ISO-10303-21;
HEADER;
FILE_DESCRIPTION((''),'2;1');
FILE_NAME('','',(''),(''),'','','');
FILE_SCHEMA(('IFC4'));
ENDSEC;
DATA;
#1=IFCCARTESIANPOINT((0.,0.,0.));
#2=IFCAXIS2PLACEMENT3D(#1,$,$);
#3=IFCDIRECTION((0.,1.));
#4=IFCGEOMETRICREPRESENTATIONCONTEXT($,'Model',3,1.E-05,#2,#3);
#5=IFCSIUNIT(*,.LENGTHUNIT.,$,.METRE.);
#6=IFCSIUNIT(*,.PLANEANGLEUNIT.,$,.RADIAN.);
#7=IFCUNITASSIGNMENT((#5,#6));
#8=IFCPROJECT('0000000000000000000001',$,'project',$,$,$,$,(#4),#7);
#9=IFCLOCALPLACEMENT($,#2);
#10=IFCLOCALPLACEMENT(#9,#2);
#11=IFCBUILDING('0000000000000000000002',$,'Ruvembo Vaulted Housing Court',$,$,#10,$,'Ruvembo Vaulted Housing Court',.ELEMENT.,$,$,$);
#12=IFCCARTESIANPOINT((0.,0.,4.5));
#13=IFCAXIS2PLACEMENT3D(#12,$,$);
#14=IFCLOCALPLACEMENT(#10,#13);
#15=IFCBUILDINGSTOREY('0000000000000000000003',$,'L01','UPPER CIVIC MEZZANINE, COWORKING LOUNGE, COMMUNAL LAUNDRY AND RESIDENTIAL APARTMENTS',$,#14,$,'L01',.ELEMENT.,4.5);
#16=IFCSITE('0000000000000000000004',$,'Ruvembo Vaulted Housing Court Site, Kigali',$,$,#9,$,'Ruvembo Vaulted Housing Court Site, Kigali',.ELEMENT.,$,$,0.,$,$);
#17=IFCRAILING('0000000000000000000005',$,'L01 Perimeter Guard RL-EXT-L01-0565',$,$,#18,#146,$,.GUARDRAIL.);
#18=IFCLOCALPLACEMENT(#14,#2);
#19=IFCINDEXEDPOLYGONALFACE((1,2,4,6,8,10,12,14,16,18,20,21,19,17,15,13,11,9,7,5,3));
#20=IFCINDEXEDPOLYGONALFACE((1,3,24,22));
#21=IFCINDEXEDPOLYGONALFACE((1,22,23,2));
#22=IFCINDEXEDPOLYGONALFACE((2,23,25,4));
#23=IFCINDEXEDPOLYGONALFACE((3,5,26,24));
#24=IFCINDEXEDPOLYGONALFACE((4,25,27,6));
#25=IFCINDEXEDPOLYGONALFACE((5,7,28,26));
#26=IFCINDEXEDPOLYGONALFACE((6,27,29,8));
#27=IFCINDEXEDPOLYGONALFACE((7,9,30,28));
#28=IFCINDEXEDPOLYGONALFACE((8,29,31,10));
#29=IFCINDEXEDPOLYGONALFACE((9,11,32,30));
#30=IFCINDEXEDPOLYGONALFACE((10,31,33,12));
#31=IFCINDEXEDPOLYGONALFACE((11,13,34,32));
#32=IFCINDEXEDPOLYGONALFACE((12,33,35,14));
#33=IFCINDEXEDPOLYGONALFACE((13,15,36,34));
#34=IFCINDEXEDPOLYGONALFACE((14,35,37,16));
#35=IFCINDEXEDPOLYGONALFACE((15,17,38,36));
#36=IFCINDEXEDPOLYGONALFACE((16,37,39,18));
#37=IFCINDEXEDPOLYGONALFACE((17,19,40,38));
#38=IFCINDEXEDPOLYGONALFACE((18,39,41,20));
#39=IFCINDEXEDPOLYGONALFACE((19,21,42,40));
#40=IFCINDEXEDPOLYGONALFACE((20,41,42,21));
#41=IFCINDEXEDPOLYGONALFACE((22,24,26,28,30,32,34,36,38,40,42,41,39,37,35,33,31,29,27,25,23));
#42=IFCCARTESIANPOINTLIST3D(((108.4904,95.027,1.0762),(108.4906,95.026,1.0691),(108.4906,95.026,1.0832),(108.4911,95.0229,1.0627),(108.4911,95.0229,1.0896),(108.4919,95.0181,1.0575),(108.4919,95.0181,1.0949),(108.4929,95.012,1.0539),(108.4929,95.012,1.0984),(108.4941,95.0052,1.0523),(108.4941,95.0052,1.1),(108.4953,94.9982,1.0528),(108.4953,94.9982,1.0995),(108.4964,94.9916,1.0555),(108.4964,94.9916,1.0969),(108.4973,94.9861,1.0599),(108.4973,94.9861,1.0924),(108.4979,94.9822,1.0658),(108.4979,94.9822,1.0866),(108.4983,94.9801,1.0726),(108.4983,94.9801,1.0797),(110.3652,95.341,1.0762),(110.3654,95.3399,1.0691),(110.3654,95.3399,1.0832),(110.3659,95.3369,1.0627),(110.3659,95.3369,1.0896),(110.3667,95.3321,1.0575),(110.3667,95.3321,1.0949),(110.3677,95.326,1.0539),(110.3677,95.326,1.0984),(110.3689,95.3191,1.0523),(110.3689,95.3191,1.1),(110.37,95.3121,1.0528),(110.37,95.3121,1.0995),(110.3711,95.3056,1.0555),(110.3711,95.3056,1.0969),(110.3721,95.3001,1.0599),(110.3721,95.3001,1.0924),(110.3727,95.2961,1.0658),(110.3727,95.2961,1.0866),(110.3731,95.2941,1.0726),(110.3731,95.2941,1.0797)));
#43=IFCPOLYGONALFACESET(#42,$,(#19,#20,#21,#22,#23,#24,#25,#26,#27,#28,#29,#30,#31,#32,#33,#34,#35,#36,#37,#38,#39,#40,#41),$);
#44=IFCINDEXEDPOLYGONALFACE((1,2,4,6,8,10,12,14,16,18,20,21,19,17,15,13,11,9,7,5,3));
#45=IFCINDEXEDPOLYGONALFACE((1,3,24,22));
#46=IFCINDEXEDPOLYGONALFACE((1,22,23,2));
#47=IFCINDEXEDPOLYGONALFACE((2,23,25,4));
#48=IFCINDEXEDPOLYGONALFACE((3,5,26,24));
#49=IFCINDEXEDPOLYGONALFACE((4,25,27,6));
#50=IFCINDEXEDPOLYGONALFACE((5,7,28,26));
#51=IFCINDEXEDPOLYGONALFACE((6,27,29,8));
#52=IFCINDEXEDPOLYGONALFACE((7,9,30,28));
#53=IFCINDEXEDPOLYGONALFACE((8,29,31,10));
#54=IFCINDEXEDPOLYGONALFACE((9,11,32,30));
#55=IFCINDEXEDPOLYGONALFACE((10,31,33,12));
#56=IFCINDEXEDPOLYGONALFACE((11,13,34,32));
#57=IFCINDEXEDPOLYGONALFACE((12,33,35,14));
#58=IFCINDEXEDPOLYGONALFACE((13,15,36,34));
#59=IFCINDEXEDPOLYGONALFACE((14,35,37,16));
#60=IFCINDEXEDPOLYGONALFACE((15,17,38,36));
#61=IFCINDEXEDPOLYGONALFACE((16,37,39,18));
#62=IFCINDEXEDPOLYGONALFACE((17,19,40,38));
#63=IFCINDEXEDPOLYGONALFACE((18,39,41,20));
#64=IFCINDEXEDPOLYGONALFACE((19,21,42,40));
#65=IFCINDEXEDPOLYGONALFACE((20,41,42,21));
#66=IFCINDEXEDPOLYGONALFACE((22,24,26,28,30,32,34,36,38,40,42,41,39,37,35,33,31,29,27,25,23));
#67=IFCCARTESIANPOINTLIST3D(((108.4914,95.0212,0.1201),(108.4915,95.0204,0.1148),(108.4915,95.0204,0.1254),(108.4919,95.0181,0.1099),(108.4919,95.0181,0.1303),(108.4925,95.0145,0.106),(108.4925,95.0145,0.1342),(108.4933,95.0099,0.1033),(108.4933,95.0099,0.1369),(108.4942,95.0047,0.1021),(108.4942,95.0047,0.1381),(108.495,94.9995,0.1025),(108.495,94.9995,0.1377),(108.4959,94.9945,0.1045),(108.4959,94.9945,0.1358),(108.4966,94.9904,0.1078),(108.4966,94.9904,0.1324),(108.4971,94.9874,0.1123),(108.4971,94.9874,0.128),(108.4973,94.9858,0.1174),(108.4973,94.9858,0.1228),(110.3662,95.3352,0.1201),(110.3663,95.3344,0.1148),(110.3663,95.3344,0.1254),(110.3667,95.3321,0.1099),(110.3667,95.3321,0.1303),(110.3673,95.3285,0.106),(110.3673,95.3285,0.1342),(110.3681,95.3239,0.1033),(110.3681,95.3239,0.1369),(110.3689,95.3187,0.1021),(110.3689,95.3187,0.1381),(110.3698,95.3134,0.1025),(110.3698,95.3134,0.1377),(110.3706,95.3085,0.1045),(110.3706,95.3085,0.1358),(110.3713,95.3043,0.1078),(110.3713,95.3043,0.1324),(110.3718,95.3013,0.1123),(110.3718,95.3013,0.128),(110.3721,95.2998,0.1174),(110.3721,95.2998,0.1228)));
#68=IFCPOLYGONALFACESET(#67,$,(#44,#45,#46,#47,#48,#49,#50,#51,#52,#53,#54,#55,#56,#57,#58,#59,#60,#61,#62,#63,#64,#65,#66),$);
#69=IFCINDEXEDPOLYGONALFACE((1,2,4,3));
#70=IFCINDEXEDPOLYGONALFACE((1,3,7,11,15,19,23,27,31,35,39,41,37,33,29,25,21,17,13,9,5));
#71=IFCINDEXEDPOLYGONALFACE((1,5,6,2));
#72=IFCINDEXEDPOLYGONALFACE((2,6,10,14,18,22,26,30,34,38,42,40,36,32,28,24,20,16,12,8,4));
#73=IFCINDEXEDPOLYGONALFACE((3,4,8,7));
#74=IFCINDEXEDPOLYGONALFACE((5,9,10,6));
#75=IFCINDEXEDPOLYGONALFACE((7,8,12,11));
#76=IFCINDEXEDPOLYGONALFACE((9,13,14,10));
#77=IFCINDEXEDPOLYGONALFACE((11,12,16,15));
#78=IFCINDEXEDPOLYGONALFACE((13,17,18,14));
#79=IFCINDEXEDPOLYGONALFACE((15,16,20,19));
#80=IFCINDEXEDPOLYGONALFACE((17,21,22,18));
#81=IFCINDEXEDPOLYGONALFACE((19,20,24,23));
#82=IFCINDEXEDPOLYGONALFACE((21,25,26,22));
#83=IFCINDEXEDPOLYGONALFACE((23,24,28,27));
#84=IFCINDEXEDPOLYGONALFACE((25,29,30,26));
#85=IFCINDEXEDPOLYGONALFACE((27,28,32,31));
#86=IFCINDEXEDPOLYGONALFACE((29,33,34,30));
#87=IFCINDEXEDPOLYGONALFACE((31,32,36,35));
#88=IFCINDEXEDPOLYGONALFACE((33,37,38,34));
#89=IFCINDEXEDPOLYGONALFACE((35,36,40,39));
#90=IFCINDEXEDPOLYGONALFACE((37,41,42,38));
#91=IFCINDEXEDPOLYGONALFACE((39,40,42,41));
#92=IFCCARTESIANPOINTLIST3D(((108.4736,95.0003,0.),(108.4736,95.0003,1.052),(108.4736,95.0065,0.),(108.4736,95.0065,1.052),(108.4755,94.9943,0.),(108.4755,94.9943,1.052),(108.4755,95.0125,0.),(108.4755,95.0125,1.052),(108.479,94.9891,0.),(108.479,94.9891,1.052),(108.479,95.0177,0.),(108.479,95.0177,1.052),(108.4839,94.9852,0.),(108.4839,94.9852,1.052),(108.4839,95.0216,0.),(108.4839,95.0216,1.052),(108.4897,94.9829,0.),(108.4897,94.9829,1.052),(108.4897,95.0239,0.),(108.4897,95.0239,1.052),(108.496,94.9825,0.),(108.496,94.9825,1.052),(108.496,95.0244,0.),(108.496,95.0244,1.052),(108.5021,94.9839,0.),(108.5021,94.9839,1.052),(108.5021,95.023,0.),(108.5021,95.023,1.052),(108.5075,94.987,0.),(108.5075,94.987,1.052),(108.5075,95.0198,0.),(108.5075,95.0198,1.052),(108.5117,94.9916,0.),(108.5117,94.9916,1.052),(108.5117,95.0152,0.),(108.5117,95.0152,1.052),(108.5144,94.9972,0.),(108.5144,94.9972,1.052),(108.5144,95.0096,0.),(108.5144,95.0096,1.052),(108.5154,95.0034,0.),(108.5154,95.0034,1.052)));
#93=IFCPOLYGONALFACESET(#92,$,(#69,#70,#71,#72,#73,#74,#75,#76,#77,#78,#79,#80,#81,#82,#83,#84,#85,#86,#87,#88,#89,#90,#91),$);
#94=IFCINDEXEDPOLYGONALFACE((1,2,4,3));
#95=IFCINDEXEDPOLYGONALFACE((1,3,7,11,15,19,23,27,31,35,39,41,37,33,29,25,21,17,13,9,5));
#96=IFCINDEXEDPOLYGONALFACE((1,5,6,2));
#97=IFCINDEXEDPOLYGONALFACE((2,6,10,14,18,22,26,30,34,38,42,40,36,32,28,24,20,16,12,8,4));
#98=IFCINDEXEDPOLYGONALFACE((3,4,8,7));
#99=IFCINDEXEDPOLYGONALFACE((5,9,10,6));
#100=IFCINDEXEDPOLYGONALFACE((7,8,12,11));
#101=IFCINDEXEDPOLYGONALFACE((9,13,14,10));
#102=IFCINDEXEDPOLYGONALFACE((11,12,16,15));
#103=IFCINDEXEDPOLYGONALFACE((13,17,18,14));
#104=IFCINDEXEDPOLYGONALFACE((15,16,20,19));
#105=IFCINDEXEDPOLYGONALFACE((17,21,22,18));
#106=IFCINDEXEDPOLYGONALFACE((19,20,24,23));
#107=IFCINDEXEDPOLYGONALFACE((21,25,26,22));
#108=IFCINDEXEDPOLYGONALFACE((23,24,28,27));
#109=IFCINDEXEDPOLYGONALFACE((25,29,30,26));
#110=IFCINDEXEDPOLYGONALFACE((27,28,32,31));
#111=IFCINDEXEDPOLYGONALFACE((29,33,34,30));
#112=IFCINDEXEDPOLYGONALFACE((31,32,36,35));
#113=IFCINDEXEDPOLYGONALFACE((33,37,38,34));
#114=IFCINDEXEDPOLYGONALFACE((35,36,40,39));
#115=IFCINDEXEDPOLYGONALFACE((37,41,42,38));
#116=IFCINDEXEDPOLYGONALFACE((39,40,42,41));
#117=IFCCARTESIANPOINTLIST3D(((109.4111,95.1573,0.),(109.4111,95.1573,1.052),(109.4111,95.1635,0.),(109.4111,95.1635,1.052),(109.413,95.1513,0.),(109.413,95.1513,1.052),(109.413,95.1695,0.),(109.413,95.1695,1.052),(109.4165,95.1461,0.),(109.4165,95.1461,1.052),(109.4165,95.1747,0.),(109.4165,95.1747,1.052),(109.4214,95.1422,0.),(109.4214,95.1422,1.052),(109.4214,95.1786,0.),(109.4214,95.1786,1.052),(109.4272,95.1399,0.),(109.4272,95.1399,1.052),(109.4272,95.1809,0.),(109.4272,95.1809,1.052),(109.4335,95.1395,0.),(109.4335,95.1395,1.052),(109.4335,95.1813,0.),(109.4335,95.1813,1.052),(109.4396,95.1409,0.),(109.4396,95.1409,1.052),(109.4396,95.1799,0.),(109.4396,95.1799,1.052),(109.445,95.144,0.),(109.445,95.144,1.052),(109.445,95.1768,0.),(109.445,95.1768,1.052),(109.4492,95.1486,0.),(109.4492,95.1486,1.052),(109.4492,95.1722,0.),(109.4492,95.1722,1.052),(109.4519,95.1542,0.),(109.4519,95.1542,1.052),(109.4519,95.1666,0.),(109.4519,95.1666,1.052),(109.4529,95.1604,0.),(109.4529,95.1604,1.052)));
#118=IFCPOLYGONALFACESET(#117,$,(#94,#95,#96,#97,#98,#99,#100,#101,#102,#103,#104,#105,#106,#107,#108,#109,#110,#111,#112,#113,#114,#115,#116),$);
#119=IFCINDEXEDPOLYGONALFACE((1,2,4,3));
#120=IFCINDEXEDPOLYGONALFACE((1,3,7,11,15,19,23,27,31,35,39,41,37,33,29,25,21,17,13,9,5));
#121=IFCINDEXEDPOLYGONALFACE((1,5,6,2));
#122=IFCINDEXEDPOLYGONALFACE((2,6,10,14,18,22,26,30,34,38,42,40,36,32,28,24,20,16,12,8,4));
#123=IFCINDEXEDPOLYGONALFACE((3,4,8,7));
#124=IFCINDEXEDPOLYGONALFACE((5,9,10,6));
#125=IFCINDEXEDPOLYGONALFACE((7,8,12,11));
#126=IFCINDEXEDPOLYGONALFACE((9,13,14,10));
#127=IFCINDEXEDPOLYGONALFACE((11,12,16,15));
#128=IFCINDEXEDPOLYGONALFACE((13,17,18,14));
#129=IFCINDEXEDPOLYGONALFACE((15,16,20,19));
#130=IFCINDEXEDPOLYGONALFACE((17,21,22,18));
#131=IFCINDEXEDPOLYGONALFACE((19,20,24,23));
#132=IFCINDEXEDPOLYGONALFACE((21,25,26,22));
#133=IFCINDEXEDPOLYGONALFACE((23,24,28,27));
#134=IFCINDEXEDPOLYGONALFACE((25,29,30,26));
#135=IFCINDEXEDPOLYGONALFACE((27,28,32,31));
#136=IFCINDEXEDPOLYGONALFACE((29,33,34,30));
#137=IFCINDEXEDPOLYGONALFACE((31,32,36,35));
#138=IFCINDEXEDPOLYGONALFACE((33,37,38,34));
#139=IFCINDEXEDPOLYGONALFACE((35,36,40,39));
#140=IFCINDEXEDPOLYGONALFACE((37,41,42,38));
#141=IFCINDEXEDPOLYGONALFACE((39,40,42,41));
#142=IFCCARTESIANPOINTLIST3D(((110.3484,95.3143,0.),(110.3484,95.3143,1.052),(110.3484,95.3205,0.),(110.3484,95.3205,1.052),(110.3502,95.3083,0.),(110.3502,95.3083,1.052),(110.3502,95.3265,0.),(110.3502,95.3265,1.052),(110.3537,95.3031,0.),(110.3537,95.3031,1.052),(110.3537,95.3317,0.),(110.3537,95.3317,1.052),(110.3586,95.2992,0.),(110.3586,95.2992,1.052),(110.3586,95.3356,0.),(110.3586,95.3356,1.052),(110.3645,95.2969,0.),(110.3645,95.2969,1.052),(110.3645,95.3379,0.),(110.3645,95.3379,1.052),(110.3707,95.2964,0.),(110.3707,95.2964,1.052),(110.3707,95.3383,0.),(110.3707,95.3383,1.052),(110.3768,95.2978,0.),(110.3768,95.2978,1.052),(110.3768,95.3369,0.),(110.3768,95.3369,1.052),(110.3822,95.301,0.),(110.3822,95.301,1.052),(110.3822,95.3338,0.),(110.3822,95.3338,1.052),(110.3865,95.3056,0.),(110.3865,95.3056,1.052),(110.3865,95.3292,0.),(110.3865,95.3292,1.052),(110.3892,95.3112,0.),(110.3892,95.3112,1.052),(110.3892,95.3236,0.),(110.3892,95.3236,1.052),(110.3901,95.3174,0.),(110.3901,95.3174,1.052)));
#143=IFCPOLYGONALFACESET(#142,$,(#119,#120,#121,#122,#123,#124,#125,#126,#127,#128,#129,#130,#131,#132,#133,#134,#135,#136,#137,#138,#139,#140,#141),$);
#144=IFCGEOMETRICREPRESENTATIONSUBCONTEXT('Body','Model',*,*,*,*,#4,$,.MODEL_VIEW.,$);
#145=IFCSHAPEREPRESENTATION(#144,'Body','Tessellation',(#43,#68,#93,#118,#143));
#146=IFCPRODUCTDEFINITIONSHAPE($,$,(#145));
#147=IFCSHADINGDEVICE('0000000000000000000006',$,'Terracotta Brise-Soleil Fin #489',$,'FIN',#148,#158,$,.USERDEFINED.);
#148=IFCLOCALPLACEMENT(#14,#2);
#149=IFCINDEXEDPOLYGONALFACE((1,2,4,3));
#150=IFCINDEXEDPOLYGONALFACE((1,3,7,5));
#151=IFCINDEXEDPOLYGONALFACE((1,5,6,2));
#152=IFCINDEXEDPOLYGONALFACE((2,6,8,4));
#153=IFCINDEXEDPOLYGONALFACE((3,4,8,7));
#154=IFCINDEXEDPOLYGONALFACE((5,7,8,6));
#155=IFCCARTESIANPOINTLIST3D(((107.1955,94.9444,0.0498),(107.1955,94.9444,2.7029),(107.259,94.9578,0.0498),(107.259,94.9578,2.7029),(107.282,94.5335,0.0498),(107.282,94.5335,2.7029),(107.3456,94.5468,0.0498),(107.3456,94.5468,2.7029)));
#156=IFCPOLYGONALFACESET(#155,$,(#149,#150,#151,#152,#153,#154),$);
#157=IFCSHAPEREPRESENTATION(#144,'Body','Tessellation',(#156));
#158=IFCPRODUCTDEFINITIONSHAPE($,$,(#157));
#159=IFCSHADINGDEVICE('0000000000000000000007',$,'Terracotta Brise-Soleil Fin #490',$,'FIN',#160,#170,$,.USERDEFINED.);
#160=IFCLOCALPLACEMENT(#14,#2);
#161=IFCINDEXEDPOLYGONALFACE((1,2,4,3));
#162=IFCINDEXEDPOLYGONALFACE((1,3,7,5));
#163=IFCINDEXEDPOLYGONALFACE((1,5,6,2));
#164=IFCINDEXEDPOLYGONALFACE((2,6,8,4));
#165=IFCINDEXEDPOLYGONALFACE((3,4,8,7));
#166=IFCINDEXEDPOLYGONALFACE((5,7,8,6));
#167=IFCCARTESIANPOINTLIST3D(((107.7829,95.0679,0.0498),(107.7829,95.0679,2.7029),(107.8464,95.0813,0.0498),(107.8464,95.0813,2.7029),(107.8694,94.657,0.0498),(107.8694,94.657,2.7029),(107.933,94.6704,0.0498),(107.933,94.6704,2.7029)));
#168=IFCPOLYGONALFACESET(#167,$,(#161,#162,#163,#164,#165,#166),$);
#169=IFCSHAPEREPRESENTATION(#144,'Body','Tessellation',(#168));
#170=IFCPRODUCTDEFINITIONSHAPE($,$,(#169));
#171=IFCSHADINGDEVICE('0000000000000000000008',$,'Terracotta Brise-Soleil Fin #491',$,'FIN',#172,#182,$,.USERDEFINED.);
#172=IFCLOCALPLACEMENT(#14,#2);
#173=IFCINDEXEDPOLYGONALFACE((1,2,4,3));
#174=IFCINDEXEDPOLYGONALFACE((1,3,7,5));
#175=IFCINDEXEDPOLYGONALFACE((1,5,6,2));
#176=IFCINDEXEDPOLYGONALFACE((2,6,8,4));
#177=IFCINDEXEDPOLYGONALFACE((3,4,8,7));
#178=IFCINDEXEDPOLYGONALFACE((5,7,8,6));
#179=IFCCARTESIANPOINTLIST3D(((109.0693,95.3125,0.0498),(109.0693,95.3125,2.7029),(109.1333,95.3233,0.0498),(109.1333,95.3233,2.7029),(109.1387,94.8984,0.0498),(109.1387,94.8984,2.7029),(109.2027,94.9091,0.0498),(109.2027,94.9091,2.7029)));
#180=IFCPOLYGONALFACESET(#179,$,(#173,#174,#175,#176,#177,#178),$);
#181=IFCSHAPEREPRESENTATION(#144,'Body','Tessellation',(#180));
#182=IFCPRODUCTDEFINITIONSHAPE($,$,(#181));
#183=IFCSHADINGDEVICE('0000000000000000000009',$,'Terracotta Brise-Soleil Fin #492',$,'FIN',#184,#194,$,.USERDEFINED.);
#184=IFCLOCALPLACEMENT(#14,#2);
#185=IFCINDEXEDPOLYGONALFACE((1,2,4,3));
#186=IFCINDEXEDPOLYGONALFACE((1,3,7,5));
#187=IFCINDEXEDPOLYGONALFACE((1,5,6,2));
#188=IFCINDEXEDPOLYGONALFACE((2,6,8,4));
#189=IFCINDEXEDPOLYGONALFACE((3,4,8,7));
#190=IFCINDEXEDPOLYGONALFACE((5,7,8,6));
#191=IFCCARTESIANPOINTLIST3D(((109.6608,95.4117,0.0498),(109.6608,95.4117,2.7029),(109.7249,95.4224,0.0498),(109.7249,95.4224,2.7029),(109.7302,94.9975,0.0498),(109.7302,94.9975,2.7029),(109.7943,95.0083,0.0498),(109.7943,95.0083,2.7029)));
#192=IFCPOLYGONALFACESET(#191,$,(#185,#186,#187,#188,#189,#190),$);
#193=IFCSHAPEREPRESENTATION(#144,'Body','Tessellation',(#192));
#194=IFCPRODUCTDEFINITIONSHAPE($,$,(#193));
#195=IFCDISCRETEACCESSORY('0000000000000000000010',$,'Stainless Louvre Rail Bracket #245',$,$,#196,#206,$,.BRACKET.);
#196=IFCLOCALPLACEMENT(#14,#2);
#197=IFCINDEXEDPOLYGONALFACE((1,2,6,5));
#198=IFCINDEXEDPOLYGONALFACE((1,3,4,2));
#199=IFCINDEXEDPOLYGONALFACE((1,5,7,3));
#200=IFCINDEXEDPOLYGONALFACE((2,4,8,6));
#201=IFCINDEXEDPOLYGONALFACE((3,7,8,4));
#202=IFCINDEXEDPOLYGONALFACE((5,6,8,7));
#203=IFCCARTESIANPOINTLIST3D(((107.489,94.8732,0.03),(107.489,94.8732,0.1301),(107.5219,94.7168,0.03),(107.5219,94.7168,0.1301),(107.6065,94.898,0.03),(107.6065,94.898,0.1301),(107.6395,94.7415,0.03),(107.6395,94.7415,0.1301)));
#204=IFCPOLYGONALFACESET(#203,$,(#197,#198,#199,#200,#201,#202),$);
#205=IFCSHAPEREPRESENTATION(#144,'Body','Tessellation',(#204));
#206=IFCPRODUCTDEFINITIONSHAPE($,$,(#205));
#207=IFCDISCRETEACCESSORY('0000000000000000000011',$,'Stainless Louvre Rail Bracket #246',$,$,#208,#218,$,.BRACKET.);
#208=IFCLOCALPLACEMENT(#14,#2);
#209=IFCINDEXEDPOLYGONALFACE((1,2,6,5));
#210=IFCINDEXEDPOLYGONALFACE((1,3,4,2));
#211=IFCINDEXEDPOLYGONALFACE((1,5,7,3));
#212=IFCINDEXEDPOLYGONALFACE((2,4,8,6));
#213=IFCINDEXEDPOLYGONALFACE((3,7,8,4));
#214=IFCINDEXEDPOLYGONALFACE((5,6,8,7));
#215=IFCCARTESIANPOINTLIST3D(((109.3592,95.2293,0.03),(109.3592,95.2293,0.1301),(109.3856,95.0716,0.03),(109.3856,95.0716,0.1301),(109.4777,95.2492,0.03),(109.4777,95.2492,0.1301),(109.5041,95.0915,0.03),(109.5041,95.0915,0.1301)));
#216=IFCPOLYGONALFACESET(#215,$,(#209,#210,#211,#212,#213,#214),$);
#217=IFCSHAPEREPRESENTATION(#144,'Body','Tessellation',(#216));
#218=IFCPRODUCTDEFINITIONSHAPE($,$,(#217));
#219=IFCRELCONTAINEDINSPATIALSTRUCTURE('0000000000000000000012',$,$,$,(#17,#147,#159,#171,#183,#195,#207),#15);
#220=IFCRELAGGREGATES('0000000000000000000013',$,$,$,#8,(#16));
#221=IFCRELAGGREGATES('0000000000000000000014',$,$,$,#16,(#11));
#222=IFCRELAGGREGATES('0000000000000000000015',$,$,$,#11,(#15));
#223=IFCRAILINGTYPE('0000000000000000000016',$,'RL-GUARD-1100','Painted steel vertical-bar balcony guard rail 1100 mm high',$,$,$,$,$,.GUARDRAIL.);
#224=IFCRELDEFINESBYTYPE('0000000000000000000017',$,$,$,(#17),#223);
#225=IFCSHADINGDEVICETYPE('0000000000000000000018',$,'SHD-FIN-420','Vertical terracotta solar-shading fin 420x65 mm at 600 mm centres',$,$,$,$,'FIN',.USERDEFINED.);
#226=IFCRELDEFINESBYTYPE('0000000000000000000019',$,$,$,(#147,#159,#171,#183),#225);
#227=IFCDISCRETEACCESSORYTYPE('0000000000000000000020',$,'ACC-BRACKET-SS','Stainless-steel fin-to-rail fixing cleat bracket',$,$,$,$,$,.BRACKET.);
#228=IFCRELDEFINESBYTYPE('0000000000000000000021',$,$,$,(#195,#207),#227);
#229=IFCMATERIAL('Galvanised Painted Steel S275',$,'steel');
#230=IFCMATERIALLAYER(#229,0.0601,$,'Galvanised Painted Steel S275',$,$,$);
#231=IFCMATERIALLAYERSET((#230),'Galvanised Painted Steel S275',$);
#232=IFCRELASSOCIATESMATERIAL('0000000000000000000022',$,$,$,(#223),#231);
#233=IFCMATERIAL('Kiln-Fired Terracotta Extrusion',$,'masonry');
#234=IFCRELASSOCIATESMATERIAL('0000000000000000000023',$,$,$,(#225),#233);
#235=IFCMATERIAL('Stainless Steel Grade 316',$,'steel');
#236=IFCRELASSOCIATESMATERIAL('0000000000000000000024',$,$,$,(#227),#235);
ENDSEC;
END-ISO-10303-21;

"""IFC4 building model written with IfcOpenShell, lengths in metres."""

from ifc_helpers import new_model, si_unit, direction, frame, origin, origin_2d, place, context, subcontext, project, spatial, rectangle, circle, extrude, material, layer, layer_set, type_object, element, save


model = new_model("IFC4")

# Units and contexts
model_context = context("Model", 3, precision=1e-05, world=origin(), true_north=direction((0.0, 1.0)))
body_context = subcontext(model_context, "Body", "Model", "MODEL_VIEW")
ifc_project = project(units=[si_unit("LENGTHUNIT", "METRE"), si_unit("PLANEANGLEUNIT", "RADIAN")], contexts=[model_context])

# Site, building, storey
site_placement = place(None, origin())
site = spatial("IfcSite", under=ifc_project, at=site_placement, Name="Ruvembo Vaulted Housing Court Site, Kigali", LongName="Ruvembo Vaulted Housing Court Site, Kigali", CompositionType="ELEMENT", RefElevation=0.0)
building_placement = place(site_placement, origin())
building = spatial("IfcBuilding", under=site, at=building_placement, Name="Ruvembo Vaulted Housing Court", LongName="Ruvembo Vaulted Housing Court", CompositionType="ELEMENT")
storey_placement = place(building_placement, frame((0.0, 0.0, 4.5)))
storey = spatial("IfcBuildingStorey", under=building, at=storey_placement, Name="L01", Description="UPPER CIVIC MEZZANINE, COWORKING LOUNGE, COMMUNAL LAUNDRY AND RESIDENTIAL APARTMENTS", LongName="L01", CompositionType="ELEMENT", Elevation=4.5)

# Railing
ifc_material_1 = material(Name="Galvanised Painted Steel S275", Category="steel")
ifc_layer_1 = layer(ifc_material_1, 0.0601, Name="Galvanised Painted Steel S275")
ifc_layer_set_1 = layer_set([ifc_layer_1], Name="Galvanised Painted Steel S275")
railing_type = type_object("IfcRailingType", Name="RL-GUARD-1100", Description="Painted steel vertical-bar balcony guard rail 1100 mm high", PredefinedType="GUARDRAIL", material=ifc_layer_set_1)
railing_1_placement = place(storey_placement, frame((108.4944, 95.0034, 0.0)))
element("IfcRailing", 1, at=railing_1_placement, inside=storey, type_object=railing_type, Name="L01 Perimeter Guard RL-EXT-L01-0565", PredefinedType="GUARDRAIL", context=body_context, shape_type="SweptSolid", body=[
    extrude(circle(Radius=0.0239, at=origin_2d()), frame((0.0, 0.0, 1.0762), z_axis=(0.986265, 0.16517, 0.0), x_axis=(-0.16517, 0.986265, 0.0)), (0.0, 0.0, 1.0), 1.9009),
    extrude(circle(Radius=0.0181, at=origin_2d()), frame((0.0, 0.0, 0.1201), z_axis=(0.986265, 0.16517, 0.0), x_axis=(-0.16517, 0.986265, 0.0)), (0.0, 0.0, 1.0), 1.9009),
    extrude(circle(Radius=0.021, at=origin_2d()), origin(), (0.0, 0.0, 1.0), 1.052),
    extrude(circle(Radius=0.021, at=origin_2d()), frame((0.9375, 0.157, 0.0)), (0.0, 0.0, 1.0), 1.052),
    extrude(circle(Radius=0.021, at=origin_2d()), frame((1.8748, 0.314, 0.0)), (0.0, 0.0, 1.0), 1.052),
])

# Shading devices
ifc_material_2 = material(Name="Kiln-Fired Terracotta Extrusion", Category="masonry")
shading_device_type = type_object("IfcShadingDeviceType", Name="SHD-FIN-420", Description="Vertical terracotta solar-shading fin 420x65 mm at 600 mm centres", ElementType="FIN", PredefinedType="USERDEFINED", material=ifc_material_2)
for number, where, z_axis, x_axis, name in (
    (2, (107.2705, 94.7456, 0.0498), (0.0, 0.0, 1.0), (0.206102, -0.978531, 0.0), "Terracotta Brise-Soleil Fin #489"),
    (3, (107.8579, 94.8691, 0.0498), (0.0, 0.0, 1.0), (0.206102, -0.978531, 0.0), "Terracotta Brise-Soleil Fin #490"),
    (4, (109.136, 95.1108, 0.0498), (0.0, 0.0, 1.0), (0.165271, -0.986248, 0.0), "Terracotta Brise-Soleil Fin #491"),
    (5, (109.7275, 95.21, 0.0498), (0.0, 0.0, 1.0), (0.165271, -0.986248, 0.0), "Terracotta Brise-Soleil Fin #492"),
):
    element("IfcShadingDevice", number, at=place(storey_placement, frame(where, z_axis=z_axis, x_axis=x_axis)), inside=storey, type_object=shading_device_type, Name=name, ObjectType="FIN", PredefinedType="USERDEFINED", context=body_context, shape_type="SweptSolid", body=[
        extrude(rectangle(XDim=0.4199, YDim=0.0649, at=origin_2d()), origin(), (0.0, 0.0, 1.0), 2.6531),
    ])

# Discrete accessories
ifc_material_3 = material(Name="Stainless Steel Grade 316", Category="steel")
discrete_accessory_type = type_object("IfcDiscreteAccessoryType", Name="ACC-BRACKET-SS", Description="Stainless-steel fin-to-rail fixing cleat bracket", PredefinedType="BRACKET", material=ifc_material_3)
for number, where, z_axis, x_axis, name in (
    (6, (107.5642, 94.8074, 0.03), (0.0, 0.0, 1.0), (0.206102, -0.978531, 0.0), "Stainless Louvre Rail Bracket #245"),
    (7, (109.4316, 95.1604, 0.03), (0.0, 0.0, 1.0), (0.165271, -0.986248, 0.0), "Stainless Louvre Rail Bracket #246"),
):
    element("IfcDiscreteAccessory", number, at=place(storey_placement, frame(where, z_axis=z_axis, x_axis=x_axis)), inside=storey, type_object=discrete_accessory_type, Name=name, PredefinedType="BRACKET", context=body_context, shape_type="SweptSolid", body=[
        extrude(rectangle(XDim=0.1599, YDim=0.1201, at=origin_2d()), origin(), (0.0, 0.0, 1.0), 0.1001),
    ])

save(model, "model.ifc")
